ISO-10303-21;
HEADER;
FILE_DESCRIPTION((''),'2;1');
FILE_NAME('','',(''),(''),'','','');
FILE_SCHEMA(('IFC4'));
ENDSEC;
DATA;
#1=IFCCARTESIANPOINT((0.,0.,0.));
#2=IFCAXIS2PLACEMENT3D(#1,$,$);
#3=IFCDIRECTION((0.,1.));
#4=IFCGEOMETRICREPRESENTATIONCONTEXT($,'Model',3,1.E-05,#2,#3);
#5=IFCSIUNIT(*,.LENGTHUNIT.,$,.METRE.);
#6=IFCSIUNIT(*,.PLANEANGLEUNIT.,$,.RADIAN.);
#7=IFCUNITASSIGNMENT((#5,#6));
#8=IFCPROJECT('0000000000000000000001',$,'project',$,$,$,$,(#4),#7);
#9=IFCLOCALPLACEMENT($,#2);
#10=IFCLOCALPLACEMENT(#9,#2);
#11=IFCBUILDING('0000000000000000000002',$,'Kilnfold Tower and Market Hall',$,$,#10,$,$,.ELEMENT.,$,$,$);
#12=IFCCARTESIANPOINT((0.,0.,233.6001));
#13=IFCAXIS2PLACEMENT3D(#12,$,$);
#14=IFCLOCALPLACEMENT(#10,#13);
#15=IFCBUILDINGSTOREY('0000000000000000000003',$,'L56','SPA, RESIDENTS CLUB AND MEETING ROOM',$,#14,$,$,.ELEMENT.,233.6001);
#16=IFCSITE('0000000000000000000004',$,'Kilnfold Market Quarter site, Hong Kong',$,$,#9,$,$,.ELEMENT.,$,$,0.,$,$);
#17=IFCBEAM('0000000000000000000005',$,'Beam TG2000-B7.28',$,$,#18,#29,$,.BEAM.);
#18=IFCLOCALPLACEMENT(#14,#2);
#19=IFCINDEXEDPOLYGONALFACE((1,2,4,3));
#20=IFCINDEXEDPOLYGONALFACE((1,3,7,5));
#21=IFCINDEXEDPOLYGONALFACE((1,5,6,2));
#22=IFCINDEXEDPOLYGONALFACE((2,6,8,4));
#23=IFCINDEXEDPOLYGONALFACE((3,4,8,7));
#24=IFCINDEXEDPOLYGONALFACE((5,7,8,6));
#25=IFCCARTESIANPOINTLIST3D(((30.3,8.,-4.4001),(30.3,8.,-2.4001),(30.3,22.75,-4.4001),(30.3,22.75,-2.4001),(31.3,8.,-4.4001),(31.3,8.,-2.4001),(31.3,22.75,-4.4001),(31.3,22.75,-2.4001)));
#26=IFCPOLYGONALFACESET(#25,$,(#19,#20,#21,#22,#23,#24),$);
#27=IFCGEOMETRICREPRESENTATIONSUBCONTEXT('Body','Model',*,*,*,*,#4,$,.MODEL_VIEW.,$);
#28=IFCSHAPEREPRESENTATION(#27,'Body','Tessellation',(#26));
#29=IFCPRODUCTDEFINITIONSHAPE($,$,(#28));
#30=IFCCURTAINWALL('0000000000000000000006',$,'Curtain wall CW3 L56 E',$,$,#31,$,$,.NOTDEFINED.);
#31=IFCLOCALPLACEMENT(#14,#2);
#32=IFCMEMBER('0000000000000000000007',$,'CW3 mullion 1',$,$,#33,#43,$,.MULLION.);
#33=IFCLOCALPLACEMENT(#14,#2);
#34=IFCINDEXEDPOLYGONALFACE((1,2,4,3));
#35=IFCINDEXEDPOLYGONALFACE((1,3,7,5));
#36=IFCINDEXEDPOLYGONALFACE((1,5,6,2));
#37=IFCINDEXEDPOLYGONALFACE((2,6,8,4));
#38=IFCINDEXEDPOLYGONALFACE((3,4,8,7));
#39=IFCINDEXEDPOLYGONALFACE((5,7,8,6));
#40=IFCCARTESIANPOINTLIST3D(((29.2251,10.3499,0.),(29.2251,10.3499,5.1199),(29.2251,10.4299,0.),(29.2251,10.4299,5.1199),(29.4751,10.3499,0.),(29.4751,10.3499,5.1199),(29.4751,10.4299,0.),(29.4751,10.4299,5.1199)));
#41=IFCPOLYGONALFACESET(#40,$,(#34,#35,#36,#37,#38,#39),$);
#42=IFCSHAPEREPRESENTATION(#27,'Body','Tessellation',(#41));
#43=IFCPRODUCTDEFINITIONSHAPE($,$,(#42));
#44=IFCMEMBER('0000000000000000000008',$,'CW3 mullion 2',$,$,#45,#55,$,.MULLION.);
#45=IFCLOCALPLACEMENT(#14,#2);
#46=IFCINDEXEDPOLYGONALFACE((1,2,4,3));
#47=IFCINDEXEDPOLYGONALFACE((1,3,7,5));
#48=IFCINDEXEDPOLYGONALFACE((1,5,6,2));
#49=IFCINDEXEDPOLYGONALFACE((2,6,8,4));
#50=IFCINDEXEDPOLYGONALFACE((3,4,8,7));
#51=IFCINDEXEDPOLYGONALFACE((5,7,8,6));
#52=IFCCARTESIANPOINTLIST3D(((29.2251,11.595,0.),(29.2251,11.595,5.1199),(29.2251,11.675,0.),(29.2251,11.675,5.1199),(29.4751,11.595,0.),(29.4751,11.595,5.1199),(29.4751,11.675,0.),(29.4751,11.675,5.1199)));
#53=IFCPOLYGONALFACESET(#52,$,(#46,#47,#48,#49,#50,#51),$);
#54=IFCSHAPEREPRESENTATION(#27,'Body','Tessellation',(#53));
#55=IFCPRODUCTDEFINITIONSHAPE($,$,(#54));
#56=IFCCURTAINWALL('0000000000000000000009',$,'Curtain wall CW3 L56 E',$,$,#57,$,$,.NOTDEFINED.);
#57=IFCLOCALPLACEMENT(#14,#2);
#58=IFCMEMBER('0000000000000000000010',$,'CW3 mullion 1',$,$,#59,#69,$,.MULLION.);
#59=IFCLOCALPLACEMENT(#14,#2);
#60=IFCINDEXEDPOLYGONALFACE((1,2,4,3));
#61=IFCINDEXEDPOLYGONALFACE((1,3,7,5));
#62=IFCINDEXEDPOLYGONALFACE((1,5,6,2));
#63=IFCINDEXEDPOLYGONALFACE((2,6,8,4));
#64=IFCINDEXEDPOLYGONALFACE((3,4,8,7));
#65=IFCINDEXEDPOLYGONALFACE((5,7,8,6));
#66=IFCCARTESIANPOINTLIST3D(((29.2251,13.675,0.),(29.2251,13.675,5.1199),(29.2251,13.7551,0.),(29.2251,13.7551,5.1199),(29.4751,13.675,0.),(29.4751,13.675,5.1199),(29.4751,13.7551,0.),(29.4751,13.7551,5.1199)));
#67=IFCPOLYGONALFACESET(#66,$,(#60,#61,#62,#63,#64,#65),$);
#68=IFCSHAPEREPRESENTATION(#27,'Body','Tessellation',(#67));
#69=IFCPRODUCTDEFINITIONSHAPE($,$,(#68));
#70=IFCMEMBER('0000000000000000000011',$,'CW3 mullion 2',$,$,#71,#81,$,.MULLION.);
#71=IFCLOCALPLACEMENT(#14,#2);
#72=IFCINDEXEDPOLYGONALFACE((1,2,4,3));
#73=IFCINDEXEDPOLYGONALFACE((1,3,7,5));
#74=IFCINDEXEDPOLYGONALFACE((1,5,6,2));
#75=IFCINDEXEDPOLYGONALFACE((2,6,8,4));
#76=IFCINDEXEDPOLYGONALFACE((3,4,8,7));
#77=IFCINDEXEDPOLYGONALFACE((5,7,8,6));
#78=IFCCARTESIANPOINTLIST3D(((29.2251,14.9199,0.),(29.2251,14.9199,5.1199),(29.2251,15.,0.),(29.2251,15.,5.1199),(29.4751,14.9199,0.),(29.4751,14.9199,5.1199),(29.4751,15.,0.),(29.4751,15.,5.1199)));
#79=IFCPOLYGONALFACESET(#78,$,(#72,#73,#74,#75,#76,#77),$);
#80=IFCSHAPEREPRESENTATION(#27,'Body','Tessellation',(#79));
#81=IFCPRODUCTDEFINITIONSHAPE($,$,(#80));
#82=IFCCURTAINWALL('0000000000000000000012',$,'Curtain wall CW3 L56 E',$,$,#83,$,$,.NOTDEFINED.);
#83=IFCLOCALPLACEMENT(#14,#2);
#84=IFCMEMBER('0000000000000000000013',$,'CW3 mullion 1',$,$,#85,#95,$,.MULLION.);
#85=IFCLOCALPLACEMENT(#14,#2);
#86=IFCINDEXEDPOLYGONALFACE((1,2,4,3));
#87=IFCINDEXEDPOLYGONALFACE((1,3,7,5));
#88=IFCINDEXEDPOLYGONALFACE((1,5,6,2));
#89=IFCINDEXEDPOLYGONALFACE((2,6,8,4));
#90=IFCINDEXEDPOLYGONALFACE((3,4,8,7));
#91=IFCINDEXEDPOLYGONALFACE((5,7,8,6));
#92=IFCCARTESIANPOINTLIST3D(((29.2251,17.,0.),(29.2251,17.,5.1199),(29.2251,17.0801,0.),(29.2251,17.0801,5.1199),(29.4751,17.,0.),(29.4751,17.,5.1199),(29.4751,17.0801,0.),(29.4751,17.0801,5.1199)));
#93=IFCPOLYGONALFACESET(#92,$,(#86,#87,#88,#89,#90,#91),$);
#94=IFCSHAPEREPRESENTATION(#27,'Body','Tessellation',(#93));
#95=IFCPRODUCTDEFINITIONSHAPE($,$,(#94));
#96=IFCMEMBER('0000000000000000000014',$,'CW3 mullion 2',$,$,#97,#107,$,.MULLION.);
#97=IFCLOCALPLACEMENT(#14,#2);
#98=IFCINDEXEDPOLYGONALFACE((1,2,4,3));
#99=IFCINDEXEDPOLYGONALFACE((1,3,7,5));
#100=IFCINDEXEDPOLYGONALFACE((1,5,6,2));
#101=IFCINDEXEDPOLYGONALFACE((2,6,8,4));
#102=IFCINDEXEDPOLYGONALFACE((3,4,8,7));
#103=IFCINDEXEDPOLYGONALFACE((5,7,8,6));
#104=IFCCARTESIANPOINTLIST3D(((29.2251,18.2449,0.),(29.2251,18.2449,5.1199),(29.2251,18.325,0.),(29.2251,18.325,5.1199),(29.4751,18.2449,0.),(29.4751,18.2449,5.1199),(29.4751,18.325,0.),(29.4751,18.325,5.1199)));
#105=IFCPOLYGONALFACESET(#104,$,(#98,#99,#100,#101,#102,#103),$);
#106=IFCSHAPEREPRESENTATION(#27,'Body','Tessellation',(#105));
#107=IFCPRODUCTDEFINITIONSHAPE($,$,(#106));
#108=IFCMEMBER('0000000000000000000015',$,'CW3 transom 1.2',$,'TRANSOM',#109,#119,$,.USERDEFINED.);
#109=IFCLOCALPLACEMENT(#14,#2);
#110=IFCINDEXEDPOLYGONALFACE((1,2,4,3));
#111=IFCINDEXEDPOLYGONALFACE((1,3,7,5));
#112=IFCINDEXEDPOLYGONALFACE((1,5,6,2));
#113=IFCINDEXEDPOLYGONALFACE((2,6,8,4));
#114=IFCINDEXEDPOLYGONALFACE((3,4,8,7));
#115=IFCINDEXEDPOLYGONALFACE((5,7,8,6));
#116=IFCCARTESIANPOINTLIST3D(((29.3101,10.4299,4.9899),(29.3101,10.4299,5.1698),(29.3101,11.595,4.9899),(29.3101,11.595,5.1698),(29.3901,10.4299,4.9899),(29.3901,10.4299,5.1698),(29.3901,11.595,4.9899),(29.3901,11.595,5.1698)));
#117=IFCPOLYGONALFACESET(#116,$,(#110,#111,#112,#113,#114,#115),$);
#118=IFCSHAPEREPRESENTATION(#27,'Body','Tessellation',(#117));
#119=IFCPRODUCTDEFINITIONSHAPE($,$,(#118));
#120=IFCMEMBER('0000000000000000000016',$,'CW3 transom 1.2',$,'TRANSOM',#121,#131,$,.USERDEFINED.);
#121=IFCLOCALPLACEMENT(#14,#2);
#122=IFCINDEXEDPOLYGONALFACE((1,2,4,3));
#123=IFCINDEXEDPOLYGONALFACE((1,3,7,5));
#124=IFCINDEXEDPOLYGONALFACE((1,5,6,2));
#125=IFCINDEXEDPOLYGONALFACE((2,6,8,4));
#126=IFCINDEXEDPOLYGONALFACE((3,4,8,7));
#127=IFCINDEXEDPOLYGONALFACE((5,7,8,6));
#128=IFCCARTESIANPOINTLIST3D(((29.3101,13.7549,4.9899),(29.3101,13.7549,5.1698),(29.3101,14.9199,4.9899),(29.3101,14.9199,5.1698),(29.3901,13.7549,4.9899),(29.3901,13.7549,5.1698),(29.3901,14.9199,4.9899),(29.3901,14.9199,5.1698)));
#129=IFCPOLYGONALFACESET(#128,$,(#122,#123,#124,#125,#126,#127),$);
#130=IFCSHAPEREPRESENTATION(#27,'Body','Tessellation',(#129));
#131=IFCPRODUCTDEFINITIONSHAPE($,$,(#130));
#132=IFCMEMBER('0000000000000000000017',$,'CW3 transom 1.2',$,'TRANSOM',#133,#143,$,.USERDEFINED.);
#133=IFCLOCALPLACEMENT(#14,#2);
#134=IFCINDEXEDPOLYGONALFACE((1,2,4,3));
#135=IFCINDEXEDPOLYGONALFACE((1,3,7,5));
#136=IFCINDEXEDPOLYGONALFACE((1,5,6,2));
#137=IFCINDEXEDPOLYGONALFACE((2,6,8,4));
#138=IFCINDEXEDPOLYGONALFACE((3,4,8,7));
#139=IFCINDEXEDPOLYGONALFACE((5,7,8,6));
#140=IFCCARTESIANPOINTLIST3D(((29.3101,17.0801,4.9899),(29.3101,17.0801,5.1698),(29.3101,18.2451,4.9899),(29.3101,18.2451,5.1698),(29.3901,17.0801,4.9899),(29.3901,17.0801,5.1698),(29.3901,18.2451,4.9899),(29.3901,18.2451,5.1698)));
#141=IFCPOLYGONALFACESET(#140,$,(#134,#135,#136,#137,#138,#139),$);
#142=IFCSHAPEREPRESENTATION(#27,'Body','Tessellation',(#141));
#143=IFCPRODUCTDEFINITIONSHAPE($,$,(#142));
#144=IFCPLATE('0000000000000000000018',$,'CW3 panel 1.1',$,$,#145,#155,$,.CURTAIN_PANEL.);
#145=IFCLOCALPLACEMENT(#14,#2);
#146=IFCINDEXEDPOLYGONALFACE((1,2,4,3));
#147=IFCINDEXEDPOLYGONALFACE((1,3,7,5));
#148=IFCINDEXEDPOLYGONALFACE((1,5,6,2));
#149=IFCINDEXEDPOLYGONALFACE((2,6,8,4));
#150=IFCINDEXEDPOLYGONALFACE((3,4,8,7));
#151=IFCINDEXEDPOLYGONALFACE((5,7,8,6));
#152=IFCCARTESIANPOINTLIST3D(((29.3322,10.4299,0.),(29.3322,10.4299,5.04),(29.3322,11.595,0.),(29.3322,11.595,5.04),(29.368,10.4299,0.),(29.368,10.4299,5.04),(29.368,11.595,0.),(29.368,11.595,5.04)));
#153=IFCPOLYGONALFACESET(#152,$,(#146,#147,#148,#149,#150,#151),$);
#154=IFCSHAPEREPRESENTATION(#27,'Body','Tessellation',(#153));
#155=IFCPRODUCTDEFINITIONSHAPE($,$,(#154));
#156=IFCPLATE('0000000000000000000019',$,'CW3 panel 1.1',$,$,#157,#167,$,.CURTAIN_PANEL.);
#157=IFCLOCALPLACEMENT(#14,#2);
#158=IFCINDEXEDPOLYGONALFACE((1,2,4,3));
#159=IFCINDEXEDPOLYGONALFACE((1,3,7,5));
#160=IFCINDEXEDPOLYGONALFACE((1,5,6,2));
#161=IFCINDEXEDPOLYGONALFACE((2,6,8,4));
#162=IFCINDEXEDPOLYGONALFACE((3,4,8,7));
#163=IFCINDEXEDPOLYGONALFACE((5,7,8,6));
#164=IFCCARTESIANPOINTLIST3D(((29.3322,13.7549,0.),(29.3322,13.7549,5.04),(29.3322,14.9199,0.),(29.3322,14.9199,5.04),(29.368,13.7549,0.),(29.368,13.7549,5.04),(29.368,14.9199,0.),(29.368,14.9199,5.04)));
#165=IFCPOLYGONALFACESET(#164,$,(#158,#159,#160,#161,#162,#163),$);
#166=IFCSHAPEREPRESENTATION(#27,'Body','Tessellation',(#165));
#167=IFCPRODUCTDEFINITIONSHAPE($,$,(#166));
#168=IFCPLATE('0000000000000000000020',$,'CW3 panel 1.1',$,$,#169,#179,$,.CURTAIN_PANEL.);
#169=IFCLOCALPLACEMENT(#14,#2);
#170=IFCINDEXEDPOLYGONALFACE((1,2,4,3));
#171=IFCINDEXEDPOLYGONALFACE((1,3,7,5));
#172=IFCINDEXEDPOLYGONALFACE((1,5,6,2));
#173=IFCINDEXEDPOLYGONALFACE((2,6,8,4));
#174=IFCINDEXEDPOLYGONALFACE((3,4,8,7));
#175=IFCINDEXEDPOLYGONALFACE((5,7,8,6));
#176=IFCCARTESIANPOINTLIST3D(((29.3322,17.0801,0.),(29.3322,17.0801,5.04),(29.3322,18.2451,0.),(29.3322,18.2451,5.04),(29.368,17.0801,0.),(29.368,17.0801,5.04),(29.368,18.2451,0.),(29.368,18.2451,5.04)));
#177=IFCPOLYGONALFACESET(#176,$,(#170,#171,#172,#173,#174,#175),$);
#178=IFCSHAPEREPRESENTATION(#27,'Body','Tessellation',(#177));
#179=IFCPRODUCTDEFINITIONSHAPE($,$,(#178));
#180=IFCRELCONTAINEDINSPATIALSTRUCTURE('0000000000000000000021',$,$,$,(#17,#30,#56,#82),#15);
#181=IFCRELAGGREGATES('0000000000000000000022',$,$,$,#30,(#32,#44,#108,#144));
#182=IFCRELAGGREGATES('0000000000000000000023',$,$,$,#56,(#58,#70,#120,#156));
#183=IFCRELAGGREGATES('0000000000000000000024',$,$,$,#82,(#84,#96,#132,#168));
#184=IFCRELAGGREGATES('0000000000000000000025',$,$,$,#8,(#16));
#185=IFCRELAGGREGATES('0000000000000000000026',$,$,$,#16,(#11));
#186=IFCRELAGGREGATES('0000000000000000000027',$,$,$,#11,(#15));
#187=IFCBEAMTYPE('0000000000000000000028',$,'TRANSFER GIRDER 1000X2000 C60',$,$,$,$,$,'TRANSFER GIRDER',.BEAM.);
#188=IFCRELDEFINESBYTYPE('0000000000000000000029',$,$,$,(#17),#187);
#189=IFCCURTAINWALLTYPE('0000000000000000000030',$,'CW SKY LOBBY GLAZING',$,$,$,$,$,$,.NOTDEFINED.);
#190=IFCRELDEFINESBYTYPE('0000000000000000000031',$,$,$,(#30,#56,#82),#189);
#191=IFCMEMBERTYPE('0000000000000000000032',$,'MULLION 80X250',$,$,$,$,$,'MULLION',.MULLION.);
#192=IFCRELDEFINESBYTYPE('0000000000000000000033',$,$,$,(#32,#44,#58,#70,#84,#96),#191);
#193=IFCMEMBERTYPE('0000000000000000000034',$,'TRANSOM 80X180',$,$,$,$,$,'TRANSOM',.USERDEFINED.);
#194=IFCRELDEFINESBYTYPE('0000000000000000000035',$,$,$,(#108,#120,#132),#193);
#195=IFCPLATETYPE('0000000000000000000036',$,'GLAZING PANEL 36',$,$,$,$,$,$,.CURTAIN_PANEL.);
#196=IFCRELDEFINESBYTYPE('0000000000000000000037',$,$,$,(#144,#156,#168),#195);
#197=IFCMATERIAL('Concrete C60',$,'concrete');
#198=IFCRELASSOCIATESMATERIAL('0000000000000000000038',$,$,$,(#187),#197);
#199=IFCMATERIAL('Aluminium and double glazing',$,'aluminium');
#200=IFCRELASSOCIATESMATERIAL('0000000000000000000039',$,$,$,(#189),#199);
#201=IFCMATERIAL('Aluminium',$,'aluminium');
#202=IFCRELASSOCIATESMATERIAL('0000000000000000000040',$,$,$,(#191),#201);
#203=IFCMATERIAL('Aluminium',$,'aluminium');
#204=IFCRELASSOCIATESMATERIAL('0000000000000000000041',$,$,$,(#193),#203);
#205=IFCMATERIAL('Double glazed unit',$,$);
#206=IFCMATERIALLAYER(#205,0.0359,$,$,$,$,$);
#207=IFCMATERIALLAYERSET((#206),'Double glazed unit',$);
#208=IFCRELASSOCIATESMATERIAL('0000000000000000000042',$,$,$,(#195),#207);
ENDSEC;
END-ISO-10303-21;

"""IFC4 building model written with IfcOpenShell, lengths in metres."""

from ifc_helpers import new_model, si_unit, direction, frame, origin, origin_2d, place, context, subcontext, project, spatial, rectangle, extrude, source, transform, mapped, material, layer, layer_set, material_profile, profile_set, type_object, element, aggregate, save


model = new_model("IFC4")

# Units and contexts
model_context = context("Model", 3, precision=1e-05, world=origin(), true_north=direction((0.0, 1.0)))
body_context = subcontext(model_context, "Body", "Model", "MODEL_VIEW")
ifc_project = project(units=[si_unit("LENGTHUNIT", "METRE"), si_unit("PLANEANGLEUNIT", "RADIAN")], contexts=[model_context])

# Site, building, storey
site_placement = place(None, origin())
site = spatial("IfcSite", under=ifc_project, at=site_placement, Name="Kilnfold Market Quarter site, Hong Kong", CompositionType="ELEMENT", RefElevation=0.0)
building_placement = place(site_placement, origin())
building = spatial("IfcBuilding", under=site, at=building_placement, Name="Kilnfold Tower and Market Hall", CompositionType="ELEMENT")
storey_placement = place(building_placement, frame((0.0, 0.0, 233.6001)))
storey = spatial("IfcBuildingStorey", under=building, at=storey_placement, Name="L56", Description="SPA, RESIDENTS CLUB AND MEETING ROOM", CompositionType="ELEMENT", Elevation=233.6001)

# Beam
ifc_material_1 = material(Name="Concrete C60", Category="concrete")
ifc_material_profile_1 = material_profile(ifc_material_1, rectangle(XDim=1.0, YDim=2.0, at=origin_2d()), Name="RC 1000x2000")
ifc_profile_set_1 = profile_set([ifc_material_profile_1], Name="Concrete C60")
beam_type = type_object("IfcBeamType", Name="TRANSFER GIRDER 1000X2000 C60", ElementType="TRANSFER GIRDER", PredefinedType="BEAM", material=ifc_profile_set_1)
shared_shape_1 = source(origin(), body_context, "Body", "SweptSolid", [
    extrude(rectangle(XDim=1.0, YDim=2.0, at=origin_2d()), origin(), (0.0, 0.0, 1.0), 14.75),
])
beam_placement = place(storey_placement, frame((30.8, 8.0, -3.4001), z_axis=(0.0, 1.0, 0.0), x_axis=(-1.0, 0.0, 0.0)))
element("IfcBeam", 1, at=beam_placement, inside=storey, type_object=beam_type, Name="Beam TG2000-B7.28", PredefinedType="BEAM", context=body_context, shape_type="MappedRepresentation", body=[
    mapped(shared_shape_1, transform((0.0, 0.0, 0.0))),
])

# Curtain walls, members
ifc_material_2 = material(Name="Aluminium and double glazing", Category="aluminium")
curtain_wall_type = type_object("IfcCurtainWallType", Name="CW SKY LOBBY GLAZING", PredefinedType="NOTDEFINED", material=ifc_material_2)
curtain_wall_1_placement = place(storey_placement, origin())
curtain_wall_1 = element("IfcCurtainWall", 2, at=curtain_wall_1_placement, inside=storey, type_object=curtain_wall_type, Name="Curtain wall CW3 L56 E", PredefinedType="NOTDEFINED")
ifc_material_3 = material(Name="Aluminium", Category="aluminium")
ifc_material_profile_2 = material_profile(ifc_material_3, rectangle(XDim=0.0801, YDim=0.25, at=origin_2d()), Name="MULLION 80x250")
ifc_profile_set_2 = profile_set([ifc_material_profile_2], Name="Aluminium")
member_type_1 = type_object("IfcMemberType", Name="MULLION 80X250", ElementType="MULLION", PredefinedType="MULLION", material=ifc_profile_set_2)
shared_shape_2 = source(origin(), body_context, "Body", "SweptSolid", [
    extrude(rectangle(XDim=0.0801, YDim=0.25, at=origin_2d()), origin(), (0.0, 0.0, 1.0), 5.1199),
])
member_1_placement = place(storey_placement, frame((29.3501, 10.3899, 0.0), z_axis=(0.0, 0.0, 1.0), x_axis=(0.0, 1.0, 0.0)))
member_1 = element("IfcMember", 3, at=member_1_placement, type_object=member_type_1, Name="CW3 mullion 1", PredefinedType="MULLION", context=body_context, shape_type="MappedRepresentation", body=[
    mapped(shared_shape_2, transform((0.0, 0.0, 0.0))),
])
member_2_placement = place(storey_placement, frame((29.3501, 11.635, 0.0), z_axis=(0.0, 0.0, 1.0), x_axis=(0.0, 1.0, 0.0)))
member_2 = element("IfcMember", 4, at=member_2_placement, type_object=member_type_1, Name="CW3 mullion 2", PredefinedType="MULLION", context=body_context, shape_type="MappedRepresentation", body=[
    mapped(shared_shape_2, transform((0.0, 0.0, 0.0))),
])
curtain_wall_2_placement = place(storey_placement, origin())
curtain_wall_2 = element("IfcCurtainWall", 5, at=curtain_wall_2_placement, inside=storey, type_object=curtain_wall_type, Name="Curtain wall CW3 L56 E", PredefinedType="NOTDEFINED")
member_3_placement = place(storey_placement, frame((29.3501, 13.7151, 0.0), z_axis=(0.0, 0.0, 1.0), x_axis=(0.0, 1.0, 0.0)))
member_3 = element("IfcMember", 6, at=member_3_placement, type_object=member_type_1, Name="CW3 mullion 1", PredefinedType="MULLION", context=body_context, shape_type="MappedRepresentation", body=[
    mapped(shared_shape_2, transform((0.0, 0.0, 0.0))),
])
member_4_placement = place(storey_placement, frame((29.3501, 14.96, 0.0), z_axis=(0.0, 0.0, 1.0), x_axis=(0.0, 1.0, 0.0)))
member_4 = element("IfcMember", 7, at=member_4_placement, type_object=member_type_1, Name="CW3 mullion 2", PredefinedType="MULLION", context=body_context, shape_type="MappedRepresentation", body=[
    mapped(shared_shape_2, transform((0.0, 0.0, 0.0))),
])
curtain_wall_3_placement = place(storey_placement, origin())
curtain_wall_3 = element("IfcCurtainWall", 8, at=curtain_wall_3_placement, inside=storey, type_object=curtain_wall_type, Name="Curtain wall CW3 L56 E", PredefinedType="NOTDEFINED")
member_5_placement = place(storey_placement, frame((29.3501, 17.04, 0.0), z_axis=(0.0, 0.0, 1.0), x_axis=(0.0, 1.0, 0.0)))
member_5 = element("IfcMember", 9, at=member_5_placement, type_object=member_type_1, Name="CW3 mullion 1", PredefinedType="MULLION", context=body_context, shape_type="MappedRepresentation", body=[
    mapped(shared_shape_2, transform((0.0, 0.0, 0.0))),
])
member_6_placement = place(storey_placement, frame((29.3501, 18.2849, 0.0), z_axis=(0.0, 0.0, 1.0), x_axis=(0.0, 1.0, 0.0)))
member_6 = element("IfcMember", 10, at=member_6_placement, type_object=member_type_1, Name="CW3 mullion 2", PredefinedType="MULLION", context=body_context, shape_type="MappedRepresentation", body=[
    mapped(shared_shape_2, transform((0.0, 0.0, 0.0))),
])

# Members
ifc_material_4 = material(Name="Aluminium", Category="aluminium")
ifc_material_profile_3 = material_profile(ifc_material_4, rectangle(XDim=0.0801, YDim=0.1799, at=origin_2d()), Name="TRANSOM 80x180")
ifc_profile_set_3 = profile_set([ifc_material_profile_3], Name="Aluminium")
member_type_2 = type_object("IfcMemberType", Name="TRANSOM 80X180", ElementType="TRANSOM", PredefinedType="USERDEFINED", material=ifc_profile_set_3)
shared_shape_3 = source(origin(), body_context, "Body", "SweptSolid", [
    extrude(rectangle(XDim=0.0801, YDim=0.1799, at=origin_2d()), origin(), (0.0, 0.0, 1.0), 1.165),
])
member_7_placement = place(storey_placement, frame((29.3501, 10.4299, 5.0798), z_axis=(0.0, 1.0, 0.0), x_axis=(-1.0, 0.0, 0.0)))
member_7 = element("IfcMember", 11, at=member_7_placement, type_object=member_type_2, Name="CW3 transom 1.2", ObjectType="TRANSOM", PredefinedType="USERDEFINED", context=body_context, shape_type="MappedRepresentation", body=[
    mapped(shared_shape_3, transform((0.0, 0.0, 0.0))),
])
member_8_placement = place(storey_placement, frame((29.3501, 13.7549, 5.0798), z_axis=(0.0, 1.0, 0.0), x_axis=(-1.0, 0.0, 0.0)))
member_8 = element("IfcMember", 12, at=member_8_placement, type_object=member_type_2, Name="CW3 transom 1.2", ObjectType="TRANSOM", PredefinedType="USERDEFINED", context=body_context, shape_type="MappedRepresentation", body=[
    mapped(shared_shape_3, transform((0.0, 0.0, 0.0))),
])
member_9_placement = place(storey_placement, frame((29.3501, 17.0801, 5.0798), z_axis=(0.0, 1.0, 0.0), x_axis=(-1.0, 0.0, 0.0)))
member_9 = element("IfcMember", 13, at=member_9_placement, type_object=member_type_2, Name="CW3 transom 1.2", ObjectType="TRANSOM", PredefinedType="USERDEFINED", context=body_context, shape_type="MappedRepresentation", body=[
    mapped(shared_shape_3, transform((0.0, 0.0, 0.0))),
])

# Plates
ifc_material_5 = material(Name="Double glazed unit")
ifc_layer_1 = layer(ifc_material_5, 0.0359)
ifc_layer_set_1 = layer_set([ifc_layer_1], Name="Double glazed unit")
plate_type = type_object("IfcPlateType", Name="GLAZING PANEL 36", PredefinedType="CURTAIN_PANEL", material=ifc_layer_set_1)
shared_shape_4 = source(origin(), body_context, "Body", "SweptSolid", [
    extrude(rectangle(XDim=1.165, YDim=0.0359, at=origin_2d()), origin(), (0.0, 0.0, 1.0), 5.04),
])
plate_1_placement = place(storey_placement, frame((29.3501, 11.0125, 0.0), z_axis=(0.0, 0.0, 1.0), x_axis=(0.0, 1.0, 0.0)))
plate_1 = element("IfcPlate", 14, at=plate_1_placement, type_object=plate_type, Name="CW3 panel 1.1", PredefinedType="CURTAIN_PANEL", context=body_context, shape_type="MappedRepresentation", body=[
    mapped(shared_shape_4, transform((0.0, 0.0, 0.0))),
])
aggregate(curtain_wall_1, [member_1, member_2, member_7, plate_1])
plate_2_placement = place(storey_placement, frame((29.3501, 14.3374, 0.0), z_axis=(0.0, 0.0, 1.0), x_axis=(0.0, 1.0, 0.0)))
plate_2 = element("IfcPlate", 15, at=plate_2_placement, type_object=plate_type, Name="CW3 panel 1.1", PredefinedType="CURTAIN_PANEL", context=body_context, shape_type="MappedRepresentation", body=[
    mapped(shared_shape_4, transform((0.0, 0.0, 0.0))),
])
aggregate(curtain_wall_2, [member_3, member_4, member_8, plate_2])
plate_3_placement = place(storey_placement, frame((29.3501, 17.6626, 0.0), z_axis=(0.0, 0.0, 1.0), x_axis=(0.0, 1.0, 0.0)))
plate_3 = element("IfcPlate", 16, at=plate_3_placement, type_object=plate_type, Name="CW3 panel 1.1", PredefinedType="CURTAIN_PANEL", context=body_context, shape_type="MappedRepresentation", body=[
    mapped(shared_shape_4, transform((0.0, 0.0, 0.0))),
])
aggregate(curtain_wall_3, [member_5, member_6, member_9, plate_3])

save(model, "model.ifc")
